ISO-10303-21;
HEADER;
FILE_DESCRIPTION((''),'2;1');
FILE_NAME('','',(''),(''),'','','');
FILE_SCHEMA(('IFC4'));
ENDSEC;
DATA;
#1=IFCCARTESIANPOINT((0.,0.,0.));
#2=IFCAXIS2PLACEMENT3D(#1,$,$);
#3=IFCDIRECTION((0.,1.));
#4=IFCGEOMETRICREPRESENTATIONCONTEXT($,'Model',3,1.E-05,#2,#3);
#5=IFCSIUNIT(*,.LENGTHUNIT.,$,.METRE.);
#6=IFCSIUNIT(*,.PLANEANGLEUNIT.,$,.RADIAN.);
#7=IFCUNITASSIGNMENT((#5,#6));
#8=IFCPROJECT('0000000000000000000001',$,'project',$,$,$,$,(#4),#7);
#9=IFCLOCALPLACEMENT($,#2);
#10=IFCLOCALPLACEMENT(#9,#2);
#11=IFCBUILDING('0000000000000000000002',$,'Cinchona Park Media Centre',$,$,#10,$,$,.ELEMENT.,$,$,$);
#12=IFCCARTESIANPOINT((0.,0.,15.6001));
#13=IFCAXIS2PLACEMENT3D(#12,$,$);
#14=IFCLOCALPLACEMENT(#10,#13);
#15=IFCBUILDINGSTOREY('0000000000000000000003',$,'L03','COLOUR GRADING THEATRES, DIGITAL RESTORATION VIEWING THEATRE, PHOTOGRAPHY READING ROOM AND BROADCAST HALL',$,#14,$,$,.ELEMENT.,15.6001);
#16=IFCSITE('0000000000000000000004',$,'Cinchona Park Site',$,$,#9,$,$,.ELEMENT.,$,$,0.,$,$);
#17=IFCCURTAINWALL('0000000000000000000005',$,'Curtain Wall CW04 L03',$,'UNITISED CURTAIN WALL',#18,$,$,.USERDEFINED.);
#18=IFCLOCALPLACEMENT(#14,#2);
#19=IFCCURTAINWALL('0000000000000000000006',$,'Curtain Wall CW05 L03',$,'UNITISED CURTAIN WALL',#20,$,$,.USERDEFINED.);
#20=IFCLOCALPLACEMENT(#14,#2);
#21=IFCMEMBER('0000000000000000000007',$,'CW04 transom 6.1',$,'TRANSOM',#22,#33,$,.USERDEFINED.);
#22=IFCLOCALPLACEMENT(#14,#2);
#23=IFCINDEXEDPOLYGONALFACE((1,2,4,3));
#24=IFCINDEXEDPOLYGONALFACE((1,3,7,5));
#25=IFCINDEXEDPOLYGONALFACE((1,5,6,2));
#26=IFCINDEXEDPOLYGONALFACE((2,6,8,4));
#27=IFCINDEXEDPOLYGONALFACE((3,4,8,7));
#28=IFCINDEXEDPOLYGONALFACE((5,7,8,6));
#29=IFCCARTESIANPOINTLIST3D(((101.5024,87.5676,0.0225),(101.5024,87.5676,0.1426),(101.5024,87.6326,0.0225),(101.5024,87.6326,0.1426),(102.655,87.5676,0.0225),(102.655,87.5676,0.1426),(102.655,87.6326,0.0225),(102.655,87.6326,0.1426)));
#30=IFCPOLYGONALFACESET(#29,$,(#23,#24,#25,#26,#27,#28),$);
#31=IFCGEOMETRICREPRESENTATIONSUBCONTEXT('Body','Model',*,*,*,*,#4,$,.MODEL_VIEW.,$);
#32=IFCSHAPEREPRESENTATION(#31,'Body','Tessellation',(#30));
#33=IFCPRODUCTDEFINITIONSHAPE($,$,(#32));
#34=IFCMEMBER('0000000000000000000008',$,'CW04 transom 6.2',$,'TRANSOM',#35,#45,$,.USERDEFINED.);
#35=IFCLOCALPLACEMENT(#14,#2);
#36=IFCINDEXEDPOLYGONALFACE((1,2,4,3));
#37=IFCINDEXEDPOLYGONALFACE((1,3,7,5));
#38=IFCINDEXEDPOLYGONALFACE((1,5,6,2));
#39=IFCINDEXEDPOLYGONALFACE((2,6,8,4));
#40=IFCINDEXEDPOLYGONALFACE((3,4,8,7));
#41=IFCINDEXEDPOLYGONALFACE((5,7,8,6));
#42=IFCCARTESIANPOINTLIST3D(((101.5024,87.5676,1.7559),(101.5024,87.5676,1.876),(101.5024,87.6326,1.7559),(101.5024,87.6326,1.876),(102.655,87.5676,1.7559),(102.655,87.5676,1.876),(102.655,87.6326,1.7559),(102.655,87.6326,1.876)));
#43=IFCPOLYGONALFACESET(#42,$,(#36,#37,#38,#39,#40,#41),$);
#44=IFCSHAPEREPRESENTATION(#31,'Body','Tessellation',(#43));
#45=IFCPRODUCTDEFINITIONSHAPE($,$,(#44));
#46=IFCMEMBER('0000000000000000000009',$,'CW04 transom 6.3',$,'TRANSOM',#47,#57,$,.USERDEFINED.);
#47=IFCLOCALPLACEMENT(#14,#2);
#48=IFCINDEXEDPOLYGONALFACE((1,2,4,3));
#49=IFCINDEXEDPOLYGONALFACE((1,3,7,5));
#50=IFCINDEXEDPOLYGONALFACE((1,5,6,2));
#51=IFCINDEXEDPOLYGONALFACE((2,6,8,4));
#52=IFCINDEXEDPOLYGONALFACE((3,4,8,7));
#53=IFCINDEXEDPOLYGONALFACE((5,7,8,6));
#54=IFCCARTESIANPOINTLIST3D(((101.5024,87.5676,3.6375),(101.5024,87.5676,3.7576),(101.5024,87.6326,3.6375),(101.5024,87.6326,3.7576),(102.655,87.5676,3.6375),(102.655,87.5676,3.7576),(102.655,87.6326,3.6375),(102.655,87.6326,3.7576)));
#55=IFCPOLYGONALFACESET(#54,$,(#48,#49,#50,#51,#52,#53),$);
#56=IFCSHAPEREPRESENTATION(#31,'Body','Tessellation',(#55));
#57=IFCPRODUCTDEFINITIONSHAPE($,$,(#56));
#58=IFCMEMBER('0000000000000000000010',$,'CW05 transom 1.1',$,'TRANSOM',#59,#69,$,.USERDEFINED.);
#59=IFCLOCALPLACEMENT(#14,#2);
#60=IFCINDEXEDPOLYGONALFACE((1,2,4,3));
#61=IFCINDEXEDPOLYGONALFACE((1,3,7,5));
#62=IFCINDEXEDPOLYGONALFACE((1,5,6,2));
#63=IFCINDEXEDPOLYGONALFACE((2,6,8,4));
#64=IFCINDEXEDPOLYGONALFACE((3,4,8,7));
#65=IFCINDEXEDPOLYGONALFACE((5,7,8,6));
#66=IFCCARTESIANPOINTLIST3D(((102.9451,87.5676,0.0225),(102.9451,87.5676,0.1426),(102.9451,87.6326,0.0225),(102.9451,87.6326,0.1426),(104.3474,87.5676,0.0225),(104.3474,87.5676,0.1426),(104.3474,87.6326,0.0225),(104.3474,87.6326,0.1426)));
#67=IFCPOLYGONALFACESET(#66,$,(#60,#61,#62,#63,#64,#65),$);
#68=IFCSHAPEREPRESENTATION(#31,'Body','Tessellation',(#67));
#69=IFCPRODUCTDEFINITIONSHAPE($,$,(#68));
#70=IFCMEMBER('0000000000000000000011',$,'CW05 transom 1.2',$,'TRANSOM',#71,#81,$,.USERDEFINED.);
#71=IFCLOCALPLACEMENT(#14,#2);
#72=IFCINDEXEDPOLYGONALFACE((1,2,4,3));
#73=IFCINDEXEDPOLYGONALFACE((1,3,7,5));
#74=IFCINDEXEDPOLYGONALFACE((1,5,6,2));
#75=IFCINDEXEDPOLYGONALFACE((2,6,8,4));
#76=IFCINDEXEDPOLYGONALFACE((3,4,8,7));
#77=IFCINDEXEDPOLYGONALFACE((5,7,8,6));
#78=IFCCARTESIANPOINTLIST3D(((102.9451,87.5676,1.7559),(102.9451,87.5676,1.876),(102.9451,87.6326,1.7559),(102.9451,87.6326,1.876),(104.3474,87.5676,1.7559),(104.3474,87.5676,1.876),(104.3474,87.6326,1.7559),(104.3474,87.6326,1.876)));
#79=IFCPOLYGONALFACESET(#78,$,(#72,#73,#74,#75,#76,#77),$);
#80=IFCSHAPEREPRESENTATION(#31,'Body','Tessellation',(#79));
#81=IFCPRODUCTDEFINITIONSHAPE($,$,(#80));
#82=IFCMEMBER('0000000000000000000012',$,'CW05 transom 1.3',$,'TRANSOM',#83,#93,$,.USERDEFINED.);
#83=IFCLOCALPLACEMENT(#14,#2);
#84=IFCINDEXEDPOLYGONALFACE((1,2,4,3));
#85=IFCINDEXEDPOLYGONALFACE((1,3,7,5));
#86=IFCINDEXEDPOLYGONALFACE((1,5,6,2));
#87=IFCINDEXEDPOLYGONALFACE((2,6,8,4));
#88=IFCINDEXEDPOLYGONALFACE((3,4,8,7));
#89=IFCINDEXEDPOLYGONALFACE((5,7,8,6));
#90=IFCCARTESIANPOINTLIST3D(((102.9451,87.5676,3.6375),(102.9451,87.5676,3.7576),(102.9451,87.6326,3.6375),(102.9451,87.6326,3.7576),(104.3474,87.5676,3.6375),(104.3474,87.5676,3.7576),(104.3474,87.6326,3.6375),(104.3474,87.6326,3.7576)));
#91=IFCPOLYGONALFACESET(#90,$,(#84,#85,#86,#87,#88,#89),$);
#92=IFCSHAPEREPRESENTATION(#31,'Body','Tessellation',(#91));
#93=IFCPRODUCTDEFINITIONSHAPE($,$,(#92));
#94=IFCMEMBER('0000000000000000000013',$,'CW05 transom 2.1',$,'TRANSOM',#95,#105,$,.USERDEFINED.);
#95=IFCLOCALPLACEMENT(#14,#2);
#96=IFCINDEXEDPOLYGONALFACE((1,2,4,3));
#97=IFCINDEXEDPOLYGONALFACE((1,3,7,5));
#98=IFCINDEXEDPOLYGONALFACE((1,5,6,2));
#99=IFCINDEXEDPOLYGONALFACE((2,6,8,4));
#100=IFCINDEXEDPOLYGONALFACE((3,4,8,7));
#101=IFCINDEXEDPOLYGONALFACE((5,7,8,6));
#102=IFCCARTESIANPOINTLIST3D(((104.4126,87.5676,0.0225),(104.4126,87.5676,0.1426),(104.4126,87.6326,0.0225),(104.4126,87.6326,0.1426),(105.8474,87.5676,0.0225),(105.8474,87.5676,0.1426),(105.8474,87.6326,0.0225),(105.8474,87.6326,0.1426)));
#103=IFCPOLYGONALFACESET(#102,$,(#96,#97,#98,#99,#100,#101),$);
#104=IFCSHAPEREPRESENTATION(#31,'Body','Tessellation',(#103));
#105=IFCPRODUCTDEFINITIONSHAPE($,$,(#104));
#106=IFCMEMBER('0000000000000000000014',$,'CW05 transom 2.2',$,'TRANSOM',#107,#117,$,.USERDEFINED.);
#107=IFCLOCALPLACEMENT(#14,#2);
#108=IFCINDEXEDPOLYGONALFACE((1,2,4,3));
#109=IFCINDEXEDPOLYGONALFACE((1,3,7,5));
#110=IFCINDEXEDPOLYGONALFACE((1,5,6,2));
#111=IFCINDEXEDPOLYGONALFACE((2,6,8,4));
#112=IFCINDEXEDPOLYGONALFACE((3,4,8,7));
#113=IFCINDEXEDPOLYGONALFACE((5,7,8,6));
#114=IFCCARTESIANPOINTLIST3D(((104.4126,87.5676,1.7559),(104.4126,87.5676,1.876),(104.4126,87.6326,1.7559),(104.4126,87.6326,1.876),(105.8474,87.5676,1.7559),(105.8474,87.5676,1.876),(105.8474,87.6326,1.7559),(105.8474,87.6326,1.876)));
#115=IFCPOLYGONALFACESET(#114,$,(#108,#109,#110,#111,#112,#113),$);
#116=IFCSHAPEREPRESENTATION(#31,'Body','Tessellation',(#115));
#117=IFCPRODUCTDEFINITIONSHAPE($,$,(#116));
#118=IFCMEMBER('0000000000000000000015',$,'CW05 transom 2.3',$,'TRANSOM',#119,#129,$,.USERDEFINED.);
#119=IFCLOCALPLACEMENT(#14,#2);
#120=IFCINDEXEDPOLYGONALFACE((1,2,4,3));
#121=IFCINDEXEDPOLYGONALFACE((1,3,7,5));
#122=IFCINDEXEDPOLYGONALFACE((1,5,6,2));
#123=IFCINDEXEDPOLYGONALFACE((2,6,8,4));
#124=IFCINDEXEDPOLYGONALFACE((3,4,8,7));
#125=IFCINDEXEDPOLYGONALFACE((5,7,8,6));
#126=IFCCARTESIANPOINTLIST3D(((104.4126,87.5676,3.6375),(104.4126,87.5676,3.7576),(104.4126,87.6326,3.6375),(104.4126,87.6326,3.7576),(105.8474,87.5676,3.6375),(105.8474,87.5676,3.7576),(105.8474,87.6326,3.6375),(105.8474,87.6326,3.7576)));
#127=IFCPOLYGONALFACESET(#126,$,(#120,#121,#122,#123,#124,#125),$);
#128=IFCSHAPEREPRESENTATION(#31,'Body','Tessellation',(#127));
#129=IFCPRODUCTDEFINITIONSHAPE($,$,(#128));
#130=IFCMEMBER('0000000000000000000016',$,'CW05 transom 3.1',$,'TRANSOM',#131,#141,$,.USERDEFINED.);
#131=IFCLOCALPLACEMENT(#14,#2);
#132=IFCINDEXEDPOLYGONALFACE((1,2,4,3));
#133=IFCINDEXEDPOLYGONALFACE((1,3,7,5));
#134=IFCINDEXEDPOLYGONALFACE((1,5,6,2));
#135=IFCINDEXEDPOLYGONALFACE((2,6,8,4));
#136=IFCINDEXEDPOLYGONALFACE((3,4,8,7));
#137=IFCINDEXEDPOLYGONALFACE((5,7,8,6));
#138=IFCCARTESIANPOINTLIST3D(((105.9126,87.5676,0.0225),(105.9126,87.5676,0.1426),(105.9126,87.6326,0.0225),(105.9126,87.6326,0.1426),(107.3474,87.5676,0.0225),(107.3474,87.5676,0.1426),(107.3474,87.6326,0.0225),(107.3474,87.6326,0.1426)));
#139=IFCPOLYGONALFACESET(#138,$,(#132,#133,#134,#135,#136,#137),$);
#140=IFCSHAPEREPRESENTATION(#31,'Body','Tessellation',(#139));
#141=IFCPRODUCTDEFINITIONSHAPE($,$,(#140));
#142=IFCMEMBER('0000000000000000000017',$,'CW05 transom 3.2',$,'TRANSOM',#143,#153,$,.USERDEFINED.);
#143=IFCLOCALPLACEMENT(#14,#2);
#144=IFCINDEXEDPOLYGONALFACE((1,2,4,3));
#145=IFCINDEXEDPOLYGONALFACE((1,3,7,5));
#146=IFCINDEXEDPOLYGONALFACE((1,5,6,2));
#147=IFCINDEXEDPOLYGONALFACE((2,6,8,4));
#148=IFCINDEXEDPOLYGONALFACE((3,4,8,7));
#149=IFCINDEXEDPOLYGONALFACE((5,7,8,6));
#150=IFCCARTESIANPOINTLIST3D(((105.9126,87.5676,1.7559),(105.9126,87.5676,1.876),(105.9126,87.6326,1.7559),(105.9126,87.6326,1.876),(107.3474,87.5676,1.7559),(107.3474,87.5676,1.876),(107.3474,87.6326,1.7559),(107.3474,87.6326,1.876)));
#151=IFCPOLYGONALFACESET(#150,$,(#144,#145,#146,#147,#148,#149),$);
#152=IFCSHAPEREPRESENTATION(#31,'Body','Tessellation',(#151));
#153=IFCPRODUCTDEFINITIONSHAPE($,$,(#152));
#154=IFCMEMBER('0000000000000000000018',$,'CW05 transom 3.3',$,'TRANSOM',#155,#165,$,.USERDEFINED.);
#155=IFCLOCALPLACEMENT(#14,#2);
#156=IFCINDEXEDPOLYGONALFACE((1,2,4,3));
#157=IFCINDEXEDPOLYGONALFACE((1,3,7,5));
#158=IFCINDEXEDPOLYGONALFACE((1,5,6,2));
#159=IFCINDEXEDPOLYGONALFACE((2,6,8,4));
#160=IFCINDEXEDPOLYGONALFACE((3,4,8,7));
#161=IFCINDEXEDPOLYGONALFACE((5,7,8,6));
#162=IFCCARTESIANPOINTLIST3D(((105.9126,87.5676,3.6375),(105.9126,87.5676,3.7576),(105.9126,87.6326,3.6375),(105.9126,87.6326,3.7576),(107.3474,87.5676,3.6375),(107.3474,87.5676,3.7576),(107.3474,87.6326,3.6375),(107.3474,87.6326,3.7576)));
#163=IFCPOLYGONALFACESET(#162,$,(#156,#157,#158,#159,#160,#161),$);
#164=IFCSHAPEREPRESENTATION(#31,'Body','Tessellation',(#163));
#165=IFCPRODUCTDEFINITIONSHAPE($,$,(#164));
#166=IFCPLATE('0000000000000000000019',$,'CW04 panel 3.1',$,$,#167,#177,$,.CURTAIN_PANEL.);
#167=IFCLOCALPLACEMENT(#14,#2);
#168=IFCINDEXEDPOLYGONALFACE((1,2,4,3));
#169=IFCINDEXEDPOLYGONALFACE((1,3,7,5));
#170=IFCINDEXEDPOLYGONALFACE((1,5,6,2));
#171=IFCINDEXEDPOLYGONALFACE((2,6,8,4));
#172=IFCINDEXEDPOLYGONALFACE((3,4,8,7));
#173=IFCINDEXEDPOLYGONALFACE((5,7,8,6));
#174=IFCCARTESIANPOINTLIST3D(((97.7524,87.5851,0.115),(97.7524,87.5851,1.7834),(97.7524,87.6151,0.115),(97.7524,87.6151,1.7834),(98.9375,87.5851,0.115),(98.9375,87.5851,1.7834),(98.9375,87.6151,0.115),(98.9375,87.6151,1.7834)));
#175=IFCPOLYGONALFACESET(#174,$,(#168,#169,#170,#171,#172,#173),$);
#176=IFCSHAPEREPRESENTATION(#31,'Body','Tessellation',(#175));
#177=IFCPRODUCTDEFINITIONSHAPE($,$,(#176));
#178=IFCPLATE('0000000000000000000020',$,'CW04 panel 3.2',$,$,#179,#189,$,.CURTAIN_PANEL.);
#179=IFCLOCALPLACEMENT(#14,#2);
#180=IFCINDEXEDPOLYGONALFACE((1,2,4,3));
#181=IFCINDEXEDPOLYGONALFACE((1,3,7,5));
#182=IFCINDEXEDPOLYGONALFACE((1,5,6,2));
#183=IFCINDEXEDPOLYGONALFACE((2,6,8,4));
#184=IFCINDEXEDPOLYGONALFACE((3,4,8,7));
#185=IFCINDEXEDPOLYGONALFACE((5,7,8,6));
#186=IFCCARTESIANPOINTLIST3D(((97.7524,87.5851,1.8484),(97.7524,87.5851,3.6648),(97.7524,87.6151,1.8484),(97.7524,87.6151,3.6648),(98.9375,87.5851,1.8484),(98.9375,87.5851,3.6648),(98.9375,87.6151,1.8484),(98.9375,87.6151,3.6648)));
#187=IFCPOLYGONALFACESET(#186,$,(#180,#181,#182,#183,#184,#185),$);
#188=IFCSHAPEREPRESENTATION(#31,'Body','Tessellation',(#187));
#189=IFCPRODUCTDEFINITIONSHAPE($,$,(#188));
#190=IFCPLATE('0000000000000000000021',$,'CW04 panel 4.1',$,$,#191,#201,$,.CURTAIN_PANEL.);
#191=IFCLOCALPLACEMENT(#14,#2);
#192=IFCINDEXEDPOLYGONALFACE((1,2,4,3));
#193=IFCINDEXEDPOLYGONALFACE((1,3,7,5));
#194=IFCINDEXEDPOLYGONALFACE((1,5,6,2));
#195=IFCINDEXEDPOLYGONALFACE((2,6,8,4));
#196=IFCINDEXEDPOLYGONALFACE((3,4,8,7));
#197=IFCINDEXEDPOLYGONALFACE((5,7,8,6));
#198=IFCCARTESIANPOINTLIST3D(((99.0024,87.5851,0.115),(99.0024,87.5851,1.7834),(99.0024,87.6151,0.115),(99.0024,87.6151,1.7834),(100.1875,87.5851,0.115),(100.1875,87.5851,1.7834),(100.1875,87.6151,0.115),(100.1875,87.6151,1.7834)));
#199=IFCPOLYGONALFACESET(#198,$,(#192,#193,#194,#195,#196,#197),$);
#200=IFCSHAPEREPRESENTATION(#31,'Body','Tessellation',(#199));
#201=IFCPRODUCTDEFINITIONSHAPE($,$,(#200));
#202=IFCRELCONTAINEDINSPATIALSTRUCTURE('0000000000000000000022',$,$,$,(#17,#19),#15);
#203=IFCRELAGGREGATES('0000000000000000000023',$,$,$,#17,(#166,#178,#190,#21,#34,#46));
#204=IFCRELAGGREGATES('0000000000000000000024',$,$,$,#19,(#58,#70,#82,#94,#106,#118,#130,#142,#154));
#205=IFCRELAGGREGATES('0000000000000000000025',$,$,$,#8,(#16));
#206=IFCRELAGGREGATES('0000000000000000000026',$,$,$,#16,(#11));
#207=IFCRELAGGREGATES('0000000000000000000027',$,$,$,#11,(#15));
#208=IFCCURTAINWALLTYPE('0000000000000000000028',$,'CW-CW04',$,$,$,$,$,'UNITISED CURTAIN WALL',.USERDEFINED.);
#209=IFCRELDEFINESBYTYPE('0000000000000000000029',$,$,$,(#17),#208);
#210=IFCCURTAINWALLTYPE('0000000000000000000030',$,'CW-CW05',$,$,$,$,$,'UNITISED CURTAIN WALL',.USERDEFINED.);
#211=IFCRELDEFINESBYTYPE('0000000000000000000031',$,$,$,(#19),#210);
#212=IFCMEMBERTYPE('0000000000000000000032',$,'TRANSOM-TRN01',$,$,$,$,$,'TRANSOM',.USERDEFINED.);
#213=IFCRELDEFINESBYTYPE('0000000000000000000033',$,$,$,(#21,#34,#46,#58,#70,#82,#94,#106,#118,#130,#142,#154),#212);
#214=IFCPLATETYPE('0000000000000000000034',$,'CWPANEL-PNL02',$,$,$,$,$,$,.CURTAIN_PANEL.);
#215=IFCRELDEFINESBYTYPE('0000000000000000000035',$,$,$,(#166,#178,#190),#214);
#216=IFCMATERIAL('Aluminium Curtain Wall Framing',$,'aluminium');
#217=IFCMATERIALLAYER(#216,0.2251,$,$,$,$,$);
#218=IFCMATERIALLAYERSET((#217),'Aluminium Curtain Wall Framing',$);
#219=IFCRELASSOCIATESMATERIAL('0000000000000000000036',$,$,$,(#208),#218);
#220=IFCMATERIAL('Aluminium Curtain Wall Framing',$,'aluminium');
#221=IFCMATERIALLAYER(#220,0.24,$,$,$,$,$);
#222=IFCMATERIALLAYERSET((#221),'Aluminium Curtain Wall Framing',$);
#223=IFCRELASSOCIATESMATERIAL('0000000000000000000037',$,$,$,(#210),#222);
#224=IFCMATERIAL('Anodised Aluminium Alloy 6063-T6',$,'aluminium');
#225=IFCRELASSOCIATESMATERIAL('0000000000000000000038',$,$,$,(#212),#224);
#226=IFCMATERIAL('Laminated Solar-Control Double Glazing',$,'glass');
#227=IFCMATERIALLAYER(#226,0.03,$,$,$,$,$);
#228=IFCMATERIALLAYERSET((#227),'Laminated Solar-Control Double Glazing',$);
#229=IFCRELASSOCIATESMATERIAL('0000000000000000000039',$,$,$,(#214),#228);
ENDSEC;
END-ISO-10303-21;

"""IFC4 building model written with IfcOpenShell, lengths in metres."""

from ifc_helpers import new_model, si_unit, direction, frame, origin, origin_2d, place, context, subcontext, project, spatial, rectangle, extrude, material, layer, layer_set, material_profile, profile_set, type_object, element, aggregate, save


model = new_model("IFC4")

# Units and contexts
model_context = context("Model", 3, precision=1e-05, world=origin(), true_north=direction((0.0, 1.0)))
body_context = subcontext(model_context, "Body", "Model", "MODEL_VIEW")
ifc_project = project(units=[si_unit("LENGTHUNIT", "METRE"), si_unit("PLANEANGLEUNIT", "RADIAN")], contexts=[model_context])

# Site, building, storey
site_placement = place(None, origin())
site = spatial("IfcSite", under=ifc_project, at=site_placement, Name="Cinchona Park Site", CompositionType="ELEMENT", RefElevation=0.0)
building_placement = place(site_placement, origin())
building = spatial("IfcBuilding", under=site, at=building_placement, Name="Cinchona Park Media Centre", CompositionType="ELEMENT")
storey_placement = place(building_placement, frame((0.0, 0.0, 15.6001)))
storey = spatial("IfcBuildingStorey", under=building, at=storey_placement, Name="L03", Description="COLOUR GRADING THEATRES, DIGITAL RESTORATION VIEWING THEATRE, PHOTOGRAPHY READING ROOM AND BROADCAST HALL", CompositionType="ELEMENT", Elevation=15.6001)

# Curtain walls
ifc_material_1 = material(Name="Aluminium Curtain Wall Framing", Category="aluminium")
ifc_layer_1 = layer(ifc_material_1, 0.2251)
ifc_layer_set_1 = layer_set([ifc_layer_1], Name="Aluminium Curtain Wall Framing")
curtain_wall_type_1 = type_object("IfcCurtainWallType", Name="CW-CW04", ElementType="UNITISED CURTAIN WALL", PredefinedType="USERDEFINED", material=ifc_layer_set_1)
curtain_wall_1_placement = place(storey_placement, origin())
curtain_wall_1 = element("IfcCurtainWall", 1, at=curtain_wall_1_placement, inside=storey, type_object=curtain_wall_type_1, Name="Curtain Wall CW04 L03", ObjectType="UNITISED CURTAIN WALL", PredefinedType="USERDEFINED")
ifc_material_2 = material(Name="Aluminium Curtain Wall Framing", Category="aluminium")
ifc_layer_2 = layer(ifc_material_2, 0.24)
ifc_layer_set_2 = layer_set([ifc_layer_2], Name="Aluminium Curtain Wall Framing")
curtain_wall_type_2 = type_object("IfcCurtainWallType", Name="CW-CW05", ElementType="UNITISED CURTAIN WALL", PredefinedType="USERDEFINED", material=ifc_layer_set_2)
curtain_wall_2_placement = place(storey_placement, origin())
curtain_wall_2 = element("IfcCurtainWall", 2, at=curtain_wall_2_placement, inside=storey, type_object=curtain_wall_type_2, Name="Curtain Wall CW05 L03", ObjectType="UNITISED CURTAIN WALL", PredefinedType="USERDEFINED")

# Members
ifc_material_3 = material(Name="Anodised Aluminium Alloy 6063-T6", Category="aluminium")
ifc_material_profile_1 = material_profile(ifc_material_3, rectangle(XDim=0.0649, YDim=0.1201, at=origin_2d()), Name="TRN-65X120")
ifc_profile_set_1 = profile_set([ifc_material_profile_1], Name="Anodised Aluminium Alloy 6063-T6")
member_type_1 = type_object("IfcMemberType", Name="TRANSOM-TRN01", ElementType="TRANSOM", PredefinedType="USERDEFINED", material=ifc_profile_set_1)
member_1_placement = place(storey_placement, frame((101.5024, 87.6001, 0.0825), z_axis=(1.0, 0.0, 0.0), x_axis=(0.0, 1.0, 0.0)))
member_1 = element("IfcMember", 3, at=member_1_placement, type_object=member_type_1, Name="CW04 transom 6.1", ObjectType="TRANSOM", PredefinedType="USERDEFINED", context=body_context, shape_type="SweptSolid", body=[
    extrude(rectangle(XDim=0.0649, YDim=0.1201, at=origin_2d()), origin(), (0.0, 0.0, 1.0), 1.1526),
])
member_2_placement = place(storey_placement, frame((101.5024, 87.6001, 1.8159), z_axis=(1.0, 0.0, 0.0), x_axis=(0.0, 1.0, 0.0)))
member_2 = element("IfcMember", 4, at=member_2_placement, type_object=member_type_1, Name="CW04 transom 6.2", ObjectType="TRANSOM", PredefinedType="USERDEFINED", context=body_context, shape_type="SweptSolid", body=[
    extrude(rectangle(XDim=0.0649, YDim=0.1201, at=origin_2d()), origin(), (0.0, 0.0, 1.0), 1.1526),
])
member_3_placement = place(storey_placement, frame((101.5024, 87.6001, 3.6975), z_axis=(1.0, 0.0, 0.0), x_axis=(0.0, 1.0, 0.0)))
member_3 = element("IfcMember", 5, at=member_3_placement, type_object=member_type_1, Name="CW04 transom 6.3", ObjectType="TRANSOM", PredefinedType="USERDEFINED", context=body_context, shape_type="SweptSolid", body=[
    extrude(rectangle(XDim=0.0649, YDim=0.1201, at=origin_2d()), origin(), (0.0, 0.0, 1.0), 1.1526),
])
member_4_placement = place(storey_placement, frame((102.9451, 87.6001, 0.0825), z_axis=(1.0, 0.0, 0.0), x_axis=(0.0, 1.0, 0.0)))
member_4 = element("IfcMember", 6, at=member_4_placement, type_object=member_type_1, Name="CW05 transom 1.1", ObjectType="TRANSOM", PredefinedType="USERDEFINED", context=body_context, shape_type="SweptSolid", body=[
    extrude(rectangle(XDim=0.0649, YDim=0.1201, at=origin_2d()), origin(), (0.0, 0.0, 1.0), 1.4023),
])
member_5_placement = place(storey_placement, frame((102.9451, 87.6001, 1.8159), z_axis=(1.0, 0.0, 0.0), x_axis=(0.0, 1.0, 0.0)))
member_5 = element("IfcMember", 7, at=member_5_placement, type_object=member_type_1, Name="CW05 transom 1.2", ObjectType="TRANSOM", PredefinedType="USERDEFINED", context=body_context, shape_type="SweptSolid", body=[
    extrude(rectangle(XDim=0.0649, YDim=0.1201, at=origin_2d()), origin(), (0.0, 0.0, 1.0), 1.4023),
])
member_6_placement = place(storey_placement, frame((102.9451, 87.6001, 3.6975), z_axis=(1.0, 0.0, 0.0), x_axis=(0.0, 1.0, 0.0)))
member_6 = element("IfcMember", 8, at=member_6_placement, type_object=member_type_1, Name="CW05 transom 1.3", ObjectType="TRANSOM", PredefinedType="USERDEFINED", context=body_context, shape_type="SweptSolid", body=[
    extrude(rectangle(XDim=0.0649, YDim=0.1201, at=origin_2d()), origin(), (0.0, 0.0, 1.0), 1.4023),
])
member_7_placement = place(storey_placement, frame((104.4126, 87.6001, 0.0825), z_axis=(1.0, 0.0, 0.0), x_axis=(0.0, 1.0, 0.0)))
member_7 = element("IfcMember", 9, at=member_7_placement, type_object=member_type_1, Name="CW05 transom 2.1", ObjectType="TRANSOM", PredefinedType="USERDEFINED", context=body_context, shape_type="SweptSolid", body=[
    extrude(rectangle(XDim=0.0649, YDim=0.1201, at=origin_2d()), origin(), (0.0, 0.0, 1.0), 1.4348),
])
member_8_placement = place(storey_placement, frame((104.4126, 87.6001, 1.8159), z_axis=(1.0, 0.0, 0.0), x_axis=(0.0, 1.0, 0.0)))
member_8 = element("IfcMember", 10, at=member_8_placement, type_object=member_type_1, Name="CW05 transom 2.2", ObjectType="TRANSOM", PredefinedType="USERDEFINED", context=body_context, shape_type="SweptSolid", body=[
    extrude(rectangle(XDim=0.0649, YDim=0.1201, at=origin_2d()), origin(), (0.0, 0.0, 1.0), 1.4348),
])
member_9_placement = place(storey_placement, frame((104.4126, 87.6001, 3.6975), z_axis=(1.0, 0.0, 0.0), x_axis=(0.0, 1.0, 0.0)))
member_9 = element("IfcMember", 11, at=member_9_placement, type_object=member_type_1, Name="CW05 transom 2.3", ObjectType="TRANSOM", PredefinedType="USERDEFINED", context=body_context, shape_type="SweptSolid", body=[
    extrude(rectangle(XDim=0.0649, YDim=0.1201, at=origin_2d()), origin(), (0.0, 0.0, 1.0), 1.4348),
])
member_10_placement = place(storey_placement, frame((105.9126, 87.6001, 0.0825), z_axis=(1.0, 0.0, 0.0), x_axis=(0.0, 1.0, 0.0)))
member_10 = element("IfcMember", 12, at=member_10_placement, type_object=member_type_1, Name="CW05 transom 3.1", ObjectType="TRANSOM", PredefinedType="USERDEFINED", context=body_context, shape_type="SweptSolid", body=[
    extrude(rectangle(XDim=0.0649, YDim=0.1201, at=origin_2d()), origin(), (0.0, 0.0, 1.0), 1.4348),
])
member_11_placement = place(storey_placement, frame((105.9126, 87.6001, 1.8159), z_axis=(1.0, 0.0, 0.0), x_axis=(0.0, 1.0, 0.0)))
member_11 = element("IfcMember", 13, at=member_11_placement, type_object=member_type_1, Name="CW05 transom 3.2", ObjectType="TRANSOM", PredefinedType="USERDEFINED", context=body_context, shape_type="SweptSolid", body=[
    extrude(rectangle(XDim=0.0649, YDim=0.1201, at=origin_2d()), origin(), (0.0, 0.0, 1.0), 1.4348),
])
member_12_placement = place(storey_placement, frame((105.9126, 87.6001, 3.6975), z_axis=(1.0, 0.0, 0.0), x_axis=(0.0, 1.0, 0.0)))
member_12 = element("IfcMember", 14, at=member_12_placement, type_object=member_type_1, Name="CW05 transom 3.3", ObjectType="TRANSOM", PredefinedType="USERDEFINED", context=body_context, shape_type="SweptSolid", body=[
    extrude(rectangle(XDim=0.0649, YDim=0.1201, at=origin_2d()), origin(), (0.0, 0.0, 1.0), 1.4348),
])

# Plates
ifc_material_4 = material(Name="Laminated Solar-Control Double Glazing", Category="glass")
ifc_layer_3 = layer(ifc_material_4, 0.03)
ifc_layer_set_3 = layer_set([ifc_layer_3], Name="Laminated Solar-Control Double Glazing")
plate_type_1 = type_object("IfcPlateType", Name="CWPANEL-PNL02", PredefinedType="CURTAIN_PANEL", material=ifc_layer_set_3)
plate_1_placement = place(storey_placement, frame((98.345, 87.6001, 0.115), z_axis=(0.0, 0.0, 1.0), x_axis=(1.0, 0.0, 0.0)))
plate_1 = element("IfcPlate", 15, at=plate_1_placement, type_object=plate_type_1, Name="CW04 panel 3.1", PredefinedType="CURTAIN_PANEL", context=body_context, shape_type="SweptSolid", body=[
    extrude(rectangle(XDim=1.1851, YDim=0.03, at=origin_2d()), origin(), (0.0, 0.0, 1.0), 1.6685),
])
plate_2_placement = place(storey_placement, frame((98.345, 87.6001, 1.8484), z_axis=(0.0, 0.0, 1.0), x_axis=(1.0, 0.0, 0.0)))
plate_2 = element("IfcPlate", 16, at=plate_2_placement, type_object=plate_type_1, Name="CW04 panel 3.2", PredefinedType="CURTAIN_PANEL", context=body_context, shape_type="SweptSolid", body=[
    extrude(rectangle(XDim=1.1851, YDim=0.03, at=origin_2d()), origin(), (0.0, 0.0, 1.0), 1.8164),
])
plate_3_placement = place(storey_placement, frame((99.595, 87.6001, 0.115), z_axis=(0.0, 0.0, 1.0), x_axis=(1.0, 0.0, 0.0)))
plate_3 = element("IfcPlate", 17, at=plate_3_placement, type_object=plate_type_1, Name="CW04 panel 4.1", PredefinedType="CURTAIN_PANEL", context=body_context, shape_type="SweptSolid", body=[
    extrude(rectangle(XDim=1.1851, YDim=0.03, at=origin_2d()), origin(), (0.0, 0.0, 1.0), 1.6685),
])
aggregate(curtain_wall_1, [plate_1, plate_2, plate_3, member_1, member_2, member_3])
aggregate(curtain_wall_2, [member_4, member_5, member_6, member_7, member_8, member_9, member_10, member_11, member_12])

save(model, "model.ifc")
